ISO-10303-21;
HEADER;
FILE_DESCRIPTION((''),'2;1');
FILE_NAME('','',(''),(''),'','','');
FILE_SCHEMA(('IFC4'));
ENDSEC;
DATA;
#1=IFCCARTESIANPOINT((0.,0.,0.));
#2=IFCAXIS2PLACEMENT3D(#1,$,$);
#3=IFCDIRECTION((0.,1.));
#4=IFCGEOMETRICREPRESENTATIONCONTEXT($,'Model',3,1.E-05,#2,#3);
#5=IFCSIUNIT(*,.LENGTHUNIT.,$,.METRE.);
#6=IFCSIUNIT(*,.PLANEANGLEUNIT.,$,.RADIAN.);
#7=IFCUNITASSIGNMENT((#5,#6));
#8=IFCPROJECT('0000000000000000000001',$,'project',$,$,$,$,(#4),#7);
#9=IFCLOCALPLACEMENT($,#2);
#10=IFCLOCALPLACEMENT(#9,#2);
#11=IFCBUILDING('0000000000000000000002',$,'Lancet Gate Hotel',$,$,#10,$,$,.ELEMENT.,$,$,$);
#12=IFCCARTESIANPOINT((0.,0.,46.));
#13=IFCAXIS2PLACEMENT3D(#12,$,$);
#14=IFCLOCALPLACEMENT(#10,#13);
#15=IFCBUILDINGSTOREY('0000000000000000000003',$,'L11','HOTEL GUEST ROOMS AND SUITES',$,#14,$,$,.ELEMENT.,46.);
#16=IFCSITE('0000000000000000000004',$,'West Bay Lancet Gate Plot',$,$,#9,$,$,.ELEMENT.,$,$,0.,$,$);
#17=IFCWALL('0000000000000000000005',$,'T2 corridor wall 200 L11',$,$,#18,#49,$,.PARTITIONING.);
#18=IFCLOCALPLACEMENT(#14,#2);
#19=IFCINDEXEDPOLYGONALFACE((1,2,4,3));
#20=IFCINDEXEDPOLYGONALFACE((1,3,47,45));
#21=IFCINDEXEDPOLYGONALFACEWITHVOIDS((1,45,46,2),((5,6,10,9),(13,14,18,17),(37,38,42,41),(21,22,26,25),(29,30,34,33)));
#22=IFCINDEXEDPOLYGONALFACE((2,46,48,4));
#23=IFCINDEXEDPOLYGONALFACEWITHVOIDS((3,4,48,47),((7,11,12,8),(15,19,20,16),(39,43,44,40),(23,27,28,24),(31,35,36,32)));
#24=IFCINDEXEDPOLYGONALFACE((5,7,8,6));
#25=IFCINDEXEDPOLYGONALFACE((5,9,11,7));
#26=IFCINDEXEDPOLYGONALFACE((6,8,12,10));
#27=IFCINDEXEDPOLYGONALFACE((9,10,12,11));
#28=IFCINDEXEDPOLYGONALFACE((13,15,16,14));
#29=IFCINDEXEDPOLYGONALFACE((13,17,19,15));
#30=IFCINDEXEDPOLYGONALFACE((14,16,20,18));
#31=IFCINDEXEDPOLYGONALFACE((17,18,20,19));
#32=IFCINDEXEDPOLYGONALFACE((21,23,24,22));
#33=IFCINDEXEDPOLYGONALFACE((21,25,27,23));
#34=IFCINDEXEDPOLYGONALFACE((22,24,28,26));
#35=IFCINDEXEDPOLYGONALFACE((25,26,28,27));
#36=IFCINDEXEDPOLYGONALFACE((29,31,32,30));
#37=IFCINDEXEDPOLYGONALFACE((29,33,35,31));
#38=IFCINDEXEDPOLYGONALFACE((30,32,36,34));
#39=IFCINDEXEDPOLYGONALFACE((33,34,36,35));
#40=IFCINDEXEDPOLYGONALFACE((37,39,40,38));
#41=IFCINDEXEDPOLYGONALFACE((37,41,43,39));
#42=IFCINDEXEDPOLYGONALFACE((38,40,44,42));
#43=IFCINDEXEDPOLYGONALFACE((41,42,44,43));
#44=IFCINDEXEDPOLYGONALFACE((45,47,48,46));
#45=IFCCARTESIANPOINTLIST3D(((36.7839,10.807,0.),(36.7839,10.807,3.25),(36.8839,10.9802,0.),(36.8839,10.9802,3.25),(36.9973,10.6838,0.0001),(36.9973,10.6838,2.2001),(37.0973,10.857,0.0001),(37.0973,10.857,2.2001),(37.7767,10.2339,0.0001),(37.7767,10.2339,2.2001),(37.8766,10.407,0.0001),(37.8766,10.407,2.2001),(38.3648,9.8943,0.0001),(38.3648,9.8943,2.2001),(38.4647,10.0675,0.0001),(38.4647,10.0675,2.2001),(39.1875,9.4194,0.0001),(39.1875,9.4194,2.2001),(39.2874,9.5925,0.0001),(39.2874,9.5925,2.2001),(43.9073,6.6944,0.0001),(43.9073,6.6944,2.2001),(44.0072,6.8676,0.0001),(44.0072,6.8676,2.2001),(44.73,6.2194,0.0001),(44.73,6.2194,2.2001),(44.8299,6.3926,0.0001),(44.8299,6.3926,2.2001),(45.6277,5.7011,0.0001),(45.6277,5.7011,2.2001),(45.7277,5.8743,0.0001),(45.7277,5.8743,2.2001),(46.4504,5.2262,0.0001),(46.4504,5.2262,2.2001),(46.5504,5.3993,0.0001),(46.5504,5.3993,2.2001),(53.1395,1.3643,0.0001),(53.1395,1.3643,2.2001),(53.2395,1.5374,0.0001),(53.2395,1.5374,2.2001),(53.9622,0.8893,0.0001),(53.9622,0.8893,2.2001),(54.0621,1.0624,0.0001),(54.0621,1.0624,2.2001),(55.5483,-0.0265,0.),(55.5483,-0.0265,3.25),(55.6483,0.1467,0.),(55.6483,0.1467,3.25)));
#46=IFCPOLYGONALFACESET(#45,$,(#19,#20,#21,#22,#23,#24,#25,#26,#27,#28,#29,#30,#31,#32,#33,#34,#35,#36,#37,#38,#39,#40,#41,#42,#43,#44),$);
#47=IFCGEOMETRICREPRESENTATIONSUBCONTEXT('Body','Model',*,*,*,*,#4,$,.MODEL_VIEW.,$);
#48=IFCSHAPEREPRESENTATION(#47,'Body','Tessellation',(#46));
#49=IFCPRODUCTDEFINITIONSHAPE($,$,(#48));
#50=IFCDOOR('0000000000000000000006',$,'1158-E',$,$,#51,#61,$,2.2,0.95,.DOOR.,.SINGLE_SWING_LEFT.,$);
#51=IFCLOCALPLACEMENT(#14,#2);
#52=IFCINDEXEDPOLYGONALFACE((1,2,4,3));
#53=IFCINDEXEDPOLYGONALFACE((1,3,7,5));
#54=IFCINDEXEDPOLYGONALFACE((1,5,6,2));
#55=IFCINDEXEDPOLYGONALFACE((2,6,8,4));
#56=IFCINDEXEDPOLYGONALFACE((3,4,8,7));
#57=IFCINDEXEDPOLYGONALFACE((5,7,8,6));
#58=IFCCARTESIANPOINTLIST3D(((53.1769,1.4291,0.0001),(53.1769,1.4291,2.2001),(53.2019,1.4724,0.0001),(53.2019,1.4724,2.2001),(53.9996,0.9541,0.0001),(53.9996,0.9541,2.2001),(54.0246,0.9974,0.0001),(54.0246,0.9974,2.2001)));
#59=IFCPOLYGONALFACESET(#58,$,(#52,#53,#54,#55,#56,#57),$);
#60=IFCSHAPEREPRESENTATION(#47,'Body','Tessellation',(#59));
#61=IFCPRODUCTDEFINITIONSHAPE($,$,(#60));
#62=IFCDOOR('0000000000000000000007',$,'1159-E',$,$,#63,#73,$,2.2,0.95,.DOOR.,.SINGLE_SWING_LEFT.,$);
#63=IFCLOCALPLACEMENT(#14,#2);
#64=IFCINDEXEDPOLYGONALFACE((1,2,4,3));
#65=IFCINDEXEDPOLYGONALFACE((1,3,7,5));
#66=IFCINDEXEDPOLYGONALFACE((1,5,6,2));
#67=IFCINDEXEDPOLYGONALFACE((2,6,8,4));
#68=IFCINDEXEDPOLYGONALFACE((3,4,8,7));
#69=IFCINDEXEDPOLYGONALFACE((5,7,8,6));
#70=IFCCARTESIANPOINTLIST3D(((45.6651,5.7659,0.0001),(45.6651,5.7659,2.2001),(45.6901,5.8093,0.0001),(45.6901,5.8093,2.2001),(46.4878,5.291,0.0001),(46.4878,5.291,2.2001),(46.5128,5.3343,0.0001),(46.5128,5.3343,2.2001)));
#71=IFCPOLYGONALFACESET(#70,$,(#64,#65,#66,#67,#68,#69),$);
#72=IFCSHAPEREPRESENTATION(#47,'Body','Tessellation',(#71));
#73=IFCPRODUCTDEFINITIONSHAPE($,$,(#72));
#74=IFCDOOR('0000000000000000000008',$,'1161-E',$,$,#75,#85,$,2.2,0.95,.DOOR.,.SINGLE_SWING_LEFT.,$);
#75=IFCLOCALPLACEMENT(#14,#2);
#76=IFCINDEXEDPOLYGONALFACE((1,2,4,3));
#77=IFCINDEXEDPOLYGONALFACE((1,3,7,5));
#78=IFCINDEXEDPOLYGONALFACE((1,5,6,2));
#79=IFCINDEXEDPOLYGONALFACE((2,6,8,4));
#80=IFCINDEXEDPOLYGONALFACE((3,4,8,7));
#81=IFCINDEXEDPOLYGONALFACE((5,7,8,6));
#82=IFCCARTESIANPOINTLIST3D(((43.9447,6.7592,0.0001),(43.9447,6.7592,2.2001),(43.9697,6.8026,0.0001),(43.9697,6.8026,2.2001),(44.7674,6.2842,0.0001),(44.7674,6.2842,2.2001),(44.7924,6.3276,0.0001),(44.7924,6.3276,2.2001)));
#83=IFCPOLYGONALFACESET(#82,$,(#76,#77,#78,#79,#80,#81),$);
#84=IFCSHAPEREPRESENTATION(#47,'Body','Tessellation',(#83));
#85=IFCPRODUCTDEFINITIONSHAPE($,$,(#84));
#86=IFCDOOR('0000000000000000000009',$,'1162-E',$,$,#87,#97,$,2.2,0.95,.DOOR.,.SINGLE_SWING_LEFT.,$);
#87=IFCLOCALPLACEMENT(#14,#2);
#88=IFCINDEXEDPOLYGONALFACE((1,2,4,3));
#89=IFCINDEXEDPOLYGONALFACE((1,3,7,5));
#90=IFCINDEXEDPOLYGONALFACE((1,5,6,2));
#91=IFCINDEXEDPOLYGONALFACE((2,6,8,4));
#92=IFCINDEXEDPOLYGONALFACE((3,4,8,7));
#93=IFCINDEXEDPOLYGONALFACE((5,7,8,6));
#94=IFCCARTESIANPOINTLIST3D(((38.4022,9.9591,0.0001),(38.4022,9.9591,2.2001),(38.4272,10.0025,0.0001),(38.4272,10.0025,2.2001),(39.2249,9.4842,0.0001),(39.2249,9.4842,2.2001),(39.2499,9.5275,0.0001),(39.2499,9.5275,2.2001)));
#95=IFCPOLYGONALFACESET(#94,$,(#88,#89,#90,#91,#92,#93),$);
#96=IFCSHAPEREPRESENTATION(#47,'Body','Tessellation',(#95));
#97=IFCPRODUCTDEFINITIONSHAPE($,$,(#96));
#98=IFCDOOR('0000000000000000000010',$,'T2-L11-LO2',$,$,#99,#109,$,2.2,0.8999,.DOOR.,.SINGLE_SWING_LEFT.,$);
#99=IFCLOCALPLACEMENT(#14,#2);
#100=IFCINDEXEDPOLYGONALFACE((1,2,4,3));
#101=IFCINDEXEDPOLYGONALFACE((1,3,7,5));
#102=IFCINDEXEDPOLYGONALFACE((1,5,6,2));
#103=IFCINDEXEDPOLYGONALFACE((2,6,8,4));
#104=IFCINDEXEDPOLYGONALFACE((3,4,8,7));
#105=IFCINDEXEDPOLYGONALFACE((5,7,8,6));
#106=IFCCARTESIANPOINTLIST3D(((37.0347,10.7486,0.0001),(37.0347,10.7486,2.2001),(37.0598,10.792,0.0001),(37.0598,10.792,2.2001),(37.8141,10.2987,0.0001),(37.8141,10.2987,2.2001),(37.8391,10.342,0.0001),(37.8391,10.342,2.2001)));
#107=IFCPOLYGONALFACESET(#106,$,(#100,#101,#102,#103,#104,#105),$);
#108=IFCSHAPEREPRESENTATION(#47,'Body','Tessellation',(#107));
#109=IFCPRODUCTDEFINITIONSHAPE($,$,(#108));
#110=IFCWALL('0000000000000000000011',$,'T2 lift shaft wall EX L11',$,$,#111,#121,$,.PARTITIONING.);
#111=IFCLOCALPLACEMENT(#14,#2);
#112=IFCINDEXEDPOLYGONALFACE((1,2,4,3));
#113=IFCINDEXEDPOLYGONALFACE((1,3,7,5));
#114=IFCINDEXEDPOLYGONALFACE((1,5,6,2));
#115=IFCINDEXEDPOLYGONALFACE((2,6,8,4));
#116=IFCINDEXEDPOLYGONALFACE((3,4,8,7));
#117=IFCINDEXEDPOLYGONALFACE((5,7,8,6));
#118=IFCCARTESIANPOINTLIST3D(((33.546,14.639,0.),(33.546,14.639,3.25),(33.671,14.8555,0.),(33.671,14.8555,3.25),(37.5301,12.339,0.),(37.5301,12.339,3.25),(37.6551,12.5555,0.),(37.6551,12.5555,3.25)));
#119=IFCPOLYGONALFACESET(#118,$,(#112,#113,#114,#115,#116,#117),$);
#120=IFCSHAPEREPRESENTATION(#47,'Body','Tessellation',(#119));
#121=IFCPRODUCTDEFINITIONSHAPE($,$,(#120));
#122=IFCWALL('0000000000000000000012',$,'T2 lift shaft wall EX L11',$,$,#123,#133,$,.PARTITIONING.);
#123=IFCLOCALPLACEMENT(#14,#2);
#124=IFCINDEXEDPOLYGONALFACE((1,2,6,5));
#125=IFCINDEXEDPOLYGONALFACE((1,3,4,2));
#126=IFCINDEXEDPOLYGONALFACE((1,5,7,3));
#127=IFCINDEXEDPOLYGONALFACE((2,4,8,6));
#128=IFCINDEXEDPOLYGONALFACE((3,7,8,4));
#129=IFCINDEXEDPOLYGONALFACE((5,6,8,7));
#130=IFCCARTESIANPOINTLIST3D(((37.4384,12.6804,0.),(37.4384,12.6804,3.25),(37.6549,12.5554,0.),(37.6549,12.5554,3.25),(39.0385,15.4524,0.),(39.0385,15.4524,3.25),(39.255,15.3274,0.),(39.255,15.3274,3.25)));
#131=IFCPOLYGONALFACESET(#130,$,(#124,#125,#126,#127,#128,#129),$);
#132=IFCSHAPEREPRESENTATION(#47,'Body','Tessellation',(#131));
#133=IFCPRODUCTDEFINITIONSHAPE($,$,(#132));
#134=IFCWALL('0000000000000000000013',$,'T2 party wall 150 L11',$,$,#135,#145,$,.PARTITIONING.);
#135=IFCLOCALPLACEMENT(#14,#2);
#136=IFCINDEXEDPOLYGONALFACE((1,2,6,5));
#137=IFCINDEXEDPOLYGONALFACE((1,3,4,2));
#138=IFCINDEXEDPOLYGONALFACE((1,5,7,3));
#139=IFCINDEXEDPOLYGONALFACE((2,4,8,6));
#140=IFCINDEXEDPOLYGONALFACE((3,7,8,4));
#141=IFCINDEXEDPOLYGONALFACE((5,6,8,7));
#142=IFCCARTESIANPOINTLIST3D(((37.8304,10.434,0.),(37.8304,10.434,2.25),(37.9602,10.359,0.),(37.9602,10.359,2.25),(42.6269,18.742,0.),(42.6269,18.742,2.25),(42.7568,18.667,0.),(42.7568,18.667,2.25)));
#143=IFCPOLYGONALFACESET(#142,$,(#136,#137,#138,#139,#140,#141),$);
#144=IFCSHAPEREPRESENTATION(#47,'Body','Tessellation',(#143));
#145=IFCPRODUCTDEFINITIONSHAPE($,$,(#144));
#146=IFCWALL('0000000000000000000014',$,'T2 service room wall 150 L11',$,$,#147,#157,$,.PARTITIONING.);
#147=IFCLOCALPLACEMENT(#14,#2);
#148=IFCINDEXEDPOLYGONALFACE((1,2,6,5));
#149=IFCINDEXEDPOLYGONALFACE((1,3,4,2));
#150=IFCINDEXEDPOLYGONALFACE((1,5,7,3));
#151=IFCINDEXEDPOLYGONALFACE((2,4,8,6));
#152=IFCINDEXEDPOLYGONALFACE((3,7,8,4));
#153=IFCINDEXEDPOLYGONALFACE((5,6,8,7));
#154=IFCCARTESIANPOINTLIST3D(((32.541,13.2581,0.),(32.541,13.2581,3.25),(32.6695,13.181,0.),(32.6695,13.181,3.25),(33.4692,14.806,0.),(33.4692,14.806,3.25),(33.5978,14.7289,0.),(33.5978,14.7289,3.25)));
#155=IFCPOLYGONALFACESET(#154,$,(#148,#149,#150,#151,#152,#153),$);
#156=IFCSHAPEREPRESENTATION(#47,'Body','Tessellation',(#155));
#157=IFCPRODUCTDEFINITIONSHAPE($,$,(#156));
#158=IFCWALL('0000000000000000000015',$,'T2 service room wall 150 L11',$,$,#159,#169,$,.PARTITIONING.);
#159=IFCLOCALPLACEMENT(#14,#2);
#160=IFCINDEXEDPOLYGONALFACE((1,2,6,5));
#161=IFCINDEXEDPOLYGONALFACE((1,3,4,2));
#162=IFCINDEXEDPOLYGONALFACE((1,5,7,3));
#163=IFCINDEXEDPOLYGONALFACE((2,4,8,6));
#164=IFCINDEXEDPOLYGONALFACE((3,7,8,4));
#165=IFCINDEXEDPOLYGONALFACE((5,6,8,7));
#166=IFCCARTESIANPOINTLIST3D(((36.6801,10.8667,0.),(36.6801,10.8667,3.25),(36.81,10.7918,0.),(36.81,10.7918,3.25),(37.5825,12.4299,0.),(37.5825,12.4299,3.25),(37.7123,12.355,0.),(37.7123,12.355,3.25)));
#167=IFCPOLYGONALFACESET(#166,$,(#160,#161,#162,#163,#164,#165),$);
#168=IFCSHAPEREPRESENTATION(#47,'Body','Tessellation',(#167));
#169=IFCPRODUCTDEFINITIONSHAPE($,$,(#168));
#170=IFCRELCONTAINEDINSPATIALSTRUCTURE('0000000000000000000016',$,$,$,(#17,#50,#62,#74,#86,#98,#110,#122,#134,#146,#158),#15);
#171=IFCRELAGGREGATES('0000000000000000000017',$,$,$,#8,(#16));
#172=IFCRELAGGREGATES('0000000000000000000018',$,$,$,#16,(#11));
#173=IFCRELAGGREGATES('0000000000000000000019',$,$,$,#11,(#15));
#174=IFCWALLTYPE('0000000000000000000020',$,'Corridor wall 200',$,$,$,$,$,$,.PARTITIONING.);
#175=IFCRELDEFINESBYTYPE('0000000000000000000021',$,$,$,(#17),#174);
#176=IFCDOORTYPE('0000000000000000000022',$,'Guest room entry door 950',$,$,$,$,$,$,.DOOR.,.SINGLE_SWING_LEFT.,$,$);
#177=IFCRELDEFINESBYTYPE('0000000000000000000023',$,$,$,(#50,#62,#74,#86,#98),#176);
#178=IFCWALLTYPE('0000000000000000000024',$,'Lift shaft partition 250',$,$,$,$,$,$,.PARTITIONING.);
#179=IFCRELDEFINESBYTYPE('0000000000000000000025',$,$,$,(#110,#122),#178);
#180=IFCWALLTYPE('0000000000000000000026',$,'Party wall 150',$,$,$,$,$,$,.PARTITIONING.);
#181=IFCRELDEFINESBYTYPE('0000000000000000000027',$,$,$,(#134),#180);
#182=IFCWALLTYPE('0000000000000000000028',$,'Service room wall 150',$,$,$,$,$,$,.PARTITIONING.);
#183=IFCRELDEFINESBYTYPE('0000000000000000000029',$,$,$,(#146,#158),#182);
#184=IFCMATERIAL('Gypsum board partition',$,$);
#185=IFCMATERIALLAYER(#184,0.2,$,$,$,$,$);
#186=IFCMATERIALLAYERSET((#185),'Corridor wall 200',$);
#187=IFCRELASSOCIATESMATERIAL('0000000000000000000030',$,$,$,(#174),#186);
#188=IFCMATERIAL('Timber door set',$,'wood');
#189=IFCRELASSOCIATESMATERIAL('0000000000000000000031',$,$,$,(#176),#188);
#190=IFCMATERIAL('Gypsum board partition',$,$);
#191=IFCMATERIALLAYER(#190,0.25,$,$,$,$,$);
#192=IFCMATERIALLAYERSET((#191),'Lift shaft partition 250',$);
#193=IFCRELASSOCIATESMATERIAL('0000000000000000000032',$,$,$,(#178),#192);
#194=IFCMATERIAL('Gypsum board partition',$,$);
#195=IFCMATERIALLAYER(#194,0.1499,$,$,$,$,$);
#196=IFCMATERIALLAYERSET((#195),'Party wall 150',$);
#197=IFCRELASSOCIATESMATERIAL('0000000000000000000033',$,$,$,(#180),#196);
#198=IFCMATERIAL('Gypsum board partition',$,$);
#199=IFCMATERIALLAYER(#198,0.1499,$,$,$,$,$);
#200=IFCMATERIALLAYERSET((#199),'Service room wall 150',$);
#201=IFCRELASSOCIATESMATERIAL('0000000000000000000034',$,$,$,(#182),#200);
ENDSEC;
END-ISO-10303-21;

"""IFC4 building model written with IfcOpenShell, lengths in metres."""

from ifc_helpers import new_model, si_unit, direction, frame, frame_2d, origin, place, context, subcontext, project, spatial, rectangle, extrude, material, layer, layer_set, type_object, element, fill, save


model = new_model("IFC4")

# Units and contexts
model_context = context("Model", 3, precision=1e-05, world=origin(), true_north=direction((0.0, 1.0)))
body_context = subcontext(model_context, "Body", "Model", "MODEL_VIEW")
ifc_project = project(units=[si_unit("LENGTHUNIT", "METRE"), si_unit("PLANEANGLEUNIT", "RADIAN")], contexts=[model_context])

# Site, building, storey
site_placement = place(None, origin())
site = spatial("IfcSite", under=ifc_project, at=site_placement, Name="West Bay Lancet Gate Plot", CompositionType="ELEMENT", RefElevation=0.0)
building_placement = place(site_placement, origin())
building = spatial("IfcBuilding", under=site, at=building_placement, Name="Lancet Gate Hotel", CompositionType="ELEMENT")
storey_placement = place(building_placement, frame((0.0, 0.0, 46.0)))
storey = spatial("IfcBuildingStorey", under=building, at=storey_placement, Name="L11", Description="HOTEL GUEST ROOMS AND SUITES", CompositionType="ELEMENT", Elevation=46.0)

# Wall, openings, doors
ifc_material_1 = material(Name="Gypsum board partition")
ifc_layer_1 = layer(ifc_material_1, 0.2)
ifc_layer_set_1 = layer_set([ifc_layer_1], Name="Corridor wall 200")
wall_type_1 = type_object("IfcWallType", Name="Corridor wall 200", PredefinedType="PARTITIONING", material=ifc_layer_set_1)
wall_1_placement = place(storey_placement, frame((36.834, 10.8936, 0.0), z_axis=(0.0, 0.0, 1.0), x_axis=(0.866028, -0.499995, 0.0)))
wall_1 = element("IfcWall", 1, at=wall_1_placement, inside=storey, type_object=wall_type_1, Name="T2 corridor wall 200 L11", PredefinedType="PARTITIONING", context=body_context, shape_type="SweptSolid", body=[
    extrude(rectangle(XDim=21.6672, YDim=0.2, at=frame_2d((10.8335, 0.0))), origin(), (0.0, 0.0, 1.0), 3.25),
])
opening_1_placement = place(wall_1_placement, frame((18.8855, 0.0, 0.0)))
opening_1 = element("IfcOpeningElement", 2, at=opening_1_placement, cuts=wall_1, PredefinedType="OPENING", context=body_context, shape_type="SweptSolid", body=[
    extrude(rectangle(XDim=0.95, YDim=2.2, at=frame_2d((0.4751, 1.1001))), frame((0.0, 0.1099, 0.0), z_axis=(0.0, -1.0, 0.0), x_axis=(1.0, 0.0, 0.0)), (0.0, 0.0, 1.0), 0.22),
])
opening_2_placement = place(wall_1_placement, frame((10.2117, 0.0, 0.0)))
opening_2 = element("IfcOpeningElement", 3, at=opening_2_placement, cuts=wall_1, PredefinedType="OPENING", context=body_context, shape_type="SweptSolid", body=[
    extrude(rectangle(XDim=0.95, YDim=2.2, at=frame_2d((0.4751, 1.1001))), frame((0.0, 0.1099, 0.0), z_axis=(0.0, -1.0, 0.0), x_axis=(1.0, 0.0, 0.0)), (0.0, 0.0, 1.0), 0.22),
])
opening_3_placement = place(wall_1_placement, frame((8.2251, 0.0, 0.0)))
opening_3 = element("IfcOpeningElement", 4, at=opening_3_placement, cuts=wall_1, PredefinedType="OPENING", context=body_context, shape_type="SweptSolid", body=[
    extrude(rectangle(XDim=0.95, YDim=2.2, at=frame_2d((0.4751, 1.1001))), frame((0.0, 0.1099, 0.0), z_axis=(0.0, -1.0, 0.0), x_axis=(1.0, 0.0, 0.0)), (0.0, 0.0, 1.0), 0.22),
])
opening_4_placement = place(wall_1_placement, frame((1.8252, 0.0, 0.0)))
opening_4 = element("IfcOpeningElement", 5, at=opening_4_placement, cuts=wall_1, PredefinedType="OPENING", context=body_context, shape_type="SweptSolid", body=[
    extrude(rectangle(XDim=0.95, YDim=2.2, at=frame_2d((0.4751, 1.1001))), frame((0.0, 0.1099, 0.0), z_axis=(0.0, -1.0, 0.0), x_axis=(1.0, 0.0, 0.0)), (0.0, 0.0, 1.0), 0.22),
])
opening_5_placement = place(wall_1_placement, frame((0.2463, 0.0, 0.0)))
opening_5 = element("IfcOpeningElement", 6, at=opening_5_placement, cuts=wall_1, PredefinedType="OPENING", context=body_context, shape_type="SweptSolid", body=[
    extrude(rectangle(XDim=0.8999, YDim=2.2, at=frame_2d((0.45, 1.1001))), frame((0.0, 0.1099, 0.0), z_axis=(0.0, -1.0, 0.0), x_axis=(1.0, 0.0, 0.0)), (0.0, 0.0, 1.0), 0.22),
])
ifc_material_2 = material(Name="Timber door set", Category="wood")
door_type_1 = type_object("IfcDoorType", Name="Guest room entry door 950", OperationType="SINGLE_SWING_LEFT", PredefinedType="DOOR", material=ifc_material_2)
door_1_placement = place(opening_1_placement, origin())
door_1 = element("IfcDoor", 7, at=door_1_placement, inside=storey, type_object=door_type_1, Name="1158-E", OperationType="SINGLE_SWING_LEFT", OverallHeight=2.2, OverallWidth=0.95, PredefinedType="DOOR", context=body_context, shape_type="SweptSolid", body=[
    extrude(rectangle(XDim=0.95, YDim=2.2, at=frame_2d((0.4751, 1.1001))), frame((0.0, 0.0249, 0.0), z_axis=(0.0, -1.0, 0.0), x_axis=(1.0, 0.0, 0.0)), (0.0, 0.0, 1.0), 0.05),
])
fill(opening_1, door_1)
door_2_placement = place(opening_2_placement, origin())
door_2 = element("IfcDoor", 8, at=door_2_placement, inside=storey, type_object=door_type_1, Name="1159-E", OperationType="SINGLE_SWING_LEFT", OverallHeight=2.2, OverallWidth=0.95, PredefinedType="DOOR", context=body_context, shape_type="SweptSolid", body=[
    extrude(rectangle(XDim=0.95, YDim=2.2, at=frame_2d((0.4751, 1.1001))), frame((0.0, 0.0249, 0.0), z_axis=(0.0, -1.0, 0.0), x_axis=(1.0, 0.0, 0.0)), (0.0, 0.0, 1.0), 0.05),
])
fill(opening_2, door_2)
door_3_placement = place(opening_3_placement, origin())
door_3 = element("IfcDoor", 9, at=door_3_placement, inside=storey, type_object=door_type_1, Name="1161-E", OperationType="SINGLE_SWING_LEFT", OverallHeight=2.2, OverallWidth=0.95, PredefinedType="DOOR", context=body_context, shape_type="SweptSolid", body=[
    extrude(rectangle(XDim=0.95, YDim=2.2, at=frame_2d((0.4751, 1.1001))), frame((0.0, 0.0249, 0.0), z_axis=(0.0, -1.0, 0.0), x_axis=(1.0, 0.0, 0.0)), (0.0, 0.0, 1.0), 0.05),
])
fill(opening_3, door_3)
door_4_placement = place(opening_4_placement, origin())
door_4 = element("IfcDoor", 10, at=door_4_placement, inside=storey, type_object=door_type_1, Name="1162-E", OperationType="SINGLE_SWING_LEFT", OverallHeight=2.2, OverallWidth=0.95, PredefinedType="DOOR", context=body_context, shape_type="SweptSolid", body=[
    extrude(rectangle(XDim=0.95, YDim=2.2, at=frame_2d((0.4751, 1.1001))), frame((0.0, 0.0249, 0.0), z_axis=(0.0, -1.0, 0.0), x_axis=(1.0, 0.0, 0.0)), (0.0, 0.0, 1.0), 0.05),
])
fill(opening_4, door_4)
door_5_placement = place(opening_5_placement, origin())
door_5 = element("IfcDoor", 11, at=door_5_placement, inside=storey, type_object=door_type_1, Name="T2-L11-LO2", OperationType="SINGLE_SWING_LEFT", OverallHeight=2.2, OverallWidth=0.8999, PredefinedType="DOOR", context=body_context, shape_type="SweptSolid", body=[
    extrude(rectangle(XDim=0.8999, YDim=2.2, at=frame_2d((0.45, 1.1001))), frame((0.0, 0.0249, 0.0), z_axis=(0.0, -1.0, 0.0), x_axis=(1.0, 0.0, 0.0)), (0.0, 0.0, 1.0), 0.05),
])
fill(opening_5, door_5)

# Walls
ifc_material_3 = material(Name="Gypsum board partition")
ifc_layer_2 = layer(ifc_material_3, 0.25)
ifc_layer_set_2 = layer_set([ifc_layer_2], Name="Lift shaft partition 250")
wall_type_2 = type_object("IfcWallType", Name="Lift shaft partition 250", PredefinedType="PARTITIONING", material=ifc_layer_set_2)
wall_2_placement = place(storey_placement, frame((33.6084, 14.7473, 0.0), z_axis=(0.0, 0.0, 1.0), x_axis=(0.866043, -0.499969, 0.0)))
element("IfcWall", 12, at=wall_2_placement, inside=storey, type_object=wall_type_2, Name="T2 lift shaft wall EX L11", PredefinedType="PARTITIONING", context=body_context, shape_type="SweptSolid", body=[
    extrude(rectangle(XDim=4.6003, YDim=0.25, at=frame_2d((2.3003, 0.0))), origin(), (0.0, 0.0, 1.0), 3.25),
])
wall_3_placement = place(storey_placement, frame((37.5466, 12.6179, 0.0), z_axis=(0.0, 0.0, 1.0), x_axis=(0.499929, 0.866066, 0.0)))
element("IfcWall", 13, at=wall_3_placement, inside=storey, type_object=wall_type_2, Name="T2 lift shaft wall EX L11", PredefinedType="PARTITIONING", context=body_context, shape_type="SweptSolid", body=[
    extrude(rectangle(XDim=3.2007, YDim=0.25, at=frame_2d((1.6003, 0.0))), origin(), (0.0, 0.0, 1.0), 3.25),
])
ifc_material_4 = material(Name="Gypsum board partition")
ifc_layer_3 = layer(ifc_material_4, 0.1499)
ifc_layer_set_3 = layer_set([ifc_layer_3], Name="Party wall 150")
wall_type_3 = type_object("IfcWallType", Name="Party wall 150", PredefinedType="PARTITIONING", material=ifc_layer_set_3)
wall_4_placement = place(storey_placement, frame((37.8953, 10.3965, 0.0), z_axis=(0.0, 0.0, 1.0), x_axis=(0.499996, 0.866028, 0.0)))
element("IfcWall", 14, at=wall_4_placement, inside=storey, type_object=wall_type_3, Name="T2 party wall 150 L11", PredefinedType="PARTITIONING", context=body_context, shape_type="SweptSolid", body=[
    extrude(rectangle(XDim=9.5933, YDim=0.1499, at=frame_2d((4.7966, 0.0))), origin(), (0.0, 0.0, 1.0), 2.25),
])
ifc_material_5 = material(Name="Gypsum board partition")
ifc_layer_4 = layer(ifc_material_5, 0.1499)
ifc_layer_set_4 = layer_set([ifc_layer_4], Name="Service room wall 150")
wall_type_4 = type_object("IfcWallType", Name="Service room wall 150", PredefinedType="PARTITIONING", material=ifc_layer_set_4)
for number, where, z_axis, x_axis, name in (
    (15, (33.5334, 14.7673, 0.0), (0.0, 0.0, 1.0), (-0.514297, -0.857612, 0.0), "T2 service room wall 150 L11"),
    (16, (36.7451, 10.8293, 0.0), (0.0, 0.0, 1.0), (0.499922, 0.866071, 0.0), "T2 service room wall 150 L11"),
):
    element("IfcWall", number, at=place(storey_placement, frame(where, z_axis=z_axis, x_axis=x_axis)), inside=storey, type_object=wall_type_4, Name=name, PredefinedType="PARTITIONING", context=body_context, shape_type="SweptSolid", body=[
        extrude(rectangle(XDim=1.8049, YDim=0.1499, at=frame_2d((0.9023, 0.0))), origin(), (0.0, 0.0, 1.0), 3.25),
    ])

save(model, "model.ifc")
